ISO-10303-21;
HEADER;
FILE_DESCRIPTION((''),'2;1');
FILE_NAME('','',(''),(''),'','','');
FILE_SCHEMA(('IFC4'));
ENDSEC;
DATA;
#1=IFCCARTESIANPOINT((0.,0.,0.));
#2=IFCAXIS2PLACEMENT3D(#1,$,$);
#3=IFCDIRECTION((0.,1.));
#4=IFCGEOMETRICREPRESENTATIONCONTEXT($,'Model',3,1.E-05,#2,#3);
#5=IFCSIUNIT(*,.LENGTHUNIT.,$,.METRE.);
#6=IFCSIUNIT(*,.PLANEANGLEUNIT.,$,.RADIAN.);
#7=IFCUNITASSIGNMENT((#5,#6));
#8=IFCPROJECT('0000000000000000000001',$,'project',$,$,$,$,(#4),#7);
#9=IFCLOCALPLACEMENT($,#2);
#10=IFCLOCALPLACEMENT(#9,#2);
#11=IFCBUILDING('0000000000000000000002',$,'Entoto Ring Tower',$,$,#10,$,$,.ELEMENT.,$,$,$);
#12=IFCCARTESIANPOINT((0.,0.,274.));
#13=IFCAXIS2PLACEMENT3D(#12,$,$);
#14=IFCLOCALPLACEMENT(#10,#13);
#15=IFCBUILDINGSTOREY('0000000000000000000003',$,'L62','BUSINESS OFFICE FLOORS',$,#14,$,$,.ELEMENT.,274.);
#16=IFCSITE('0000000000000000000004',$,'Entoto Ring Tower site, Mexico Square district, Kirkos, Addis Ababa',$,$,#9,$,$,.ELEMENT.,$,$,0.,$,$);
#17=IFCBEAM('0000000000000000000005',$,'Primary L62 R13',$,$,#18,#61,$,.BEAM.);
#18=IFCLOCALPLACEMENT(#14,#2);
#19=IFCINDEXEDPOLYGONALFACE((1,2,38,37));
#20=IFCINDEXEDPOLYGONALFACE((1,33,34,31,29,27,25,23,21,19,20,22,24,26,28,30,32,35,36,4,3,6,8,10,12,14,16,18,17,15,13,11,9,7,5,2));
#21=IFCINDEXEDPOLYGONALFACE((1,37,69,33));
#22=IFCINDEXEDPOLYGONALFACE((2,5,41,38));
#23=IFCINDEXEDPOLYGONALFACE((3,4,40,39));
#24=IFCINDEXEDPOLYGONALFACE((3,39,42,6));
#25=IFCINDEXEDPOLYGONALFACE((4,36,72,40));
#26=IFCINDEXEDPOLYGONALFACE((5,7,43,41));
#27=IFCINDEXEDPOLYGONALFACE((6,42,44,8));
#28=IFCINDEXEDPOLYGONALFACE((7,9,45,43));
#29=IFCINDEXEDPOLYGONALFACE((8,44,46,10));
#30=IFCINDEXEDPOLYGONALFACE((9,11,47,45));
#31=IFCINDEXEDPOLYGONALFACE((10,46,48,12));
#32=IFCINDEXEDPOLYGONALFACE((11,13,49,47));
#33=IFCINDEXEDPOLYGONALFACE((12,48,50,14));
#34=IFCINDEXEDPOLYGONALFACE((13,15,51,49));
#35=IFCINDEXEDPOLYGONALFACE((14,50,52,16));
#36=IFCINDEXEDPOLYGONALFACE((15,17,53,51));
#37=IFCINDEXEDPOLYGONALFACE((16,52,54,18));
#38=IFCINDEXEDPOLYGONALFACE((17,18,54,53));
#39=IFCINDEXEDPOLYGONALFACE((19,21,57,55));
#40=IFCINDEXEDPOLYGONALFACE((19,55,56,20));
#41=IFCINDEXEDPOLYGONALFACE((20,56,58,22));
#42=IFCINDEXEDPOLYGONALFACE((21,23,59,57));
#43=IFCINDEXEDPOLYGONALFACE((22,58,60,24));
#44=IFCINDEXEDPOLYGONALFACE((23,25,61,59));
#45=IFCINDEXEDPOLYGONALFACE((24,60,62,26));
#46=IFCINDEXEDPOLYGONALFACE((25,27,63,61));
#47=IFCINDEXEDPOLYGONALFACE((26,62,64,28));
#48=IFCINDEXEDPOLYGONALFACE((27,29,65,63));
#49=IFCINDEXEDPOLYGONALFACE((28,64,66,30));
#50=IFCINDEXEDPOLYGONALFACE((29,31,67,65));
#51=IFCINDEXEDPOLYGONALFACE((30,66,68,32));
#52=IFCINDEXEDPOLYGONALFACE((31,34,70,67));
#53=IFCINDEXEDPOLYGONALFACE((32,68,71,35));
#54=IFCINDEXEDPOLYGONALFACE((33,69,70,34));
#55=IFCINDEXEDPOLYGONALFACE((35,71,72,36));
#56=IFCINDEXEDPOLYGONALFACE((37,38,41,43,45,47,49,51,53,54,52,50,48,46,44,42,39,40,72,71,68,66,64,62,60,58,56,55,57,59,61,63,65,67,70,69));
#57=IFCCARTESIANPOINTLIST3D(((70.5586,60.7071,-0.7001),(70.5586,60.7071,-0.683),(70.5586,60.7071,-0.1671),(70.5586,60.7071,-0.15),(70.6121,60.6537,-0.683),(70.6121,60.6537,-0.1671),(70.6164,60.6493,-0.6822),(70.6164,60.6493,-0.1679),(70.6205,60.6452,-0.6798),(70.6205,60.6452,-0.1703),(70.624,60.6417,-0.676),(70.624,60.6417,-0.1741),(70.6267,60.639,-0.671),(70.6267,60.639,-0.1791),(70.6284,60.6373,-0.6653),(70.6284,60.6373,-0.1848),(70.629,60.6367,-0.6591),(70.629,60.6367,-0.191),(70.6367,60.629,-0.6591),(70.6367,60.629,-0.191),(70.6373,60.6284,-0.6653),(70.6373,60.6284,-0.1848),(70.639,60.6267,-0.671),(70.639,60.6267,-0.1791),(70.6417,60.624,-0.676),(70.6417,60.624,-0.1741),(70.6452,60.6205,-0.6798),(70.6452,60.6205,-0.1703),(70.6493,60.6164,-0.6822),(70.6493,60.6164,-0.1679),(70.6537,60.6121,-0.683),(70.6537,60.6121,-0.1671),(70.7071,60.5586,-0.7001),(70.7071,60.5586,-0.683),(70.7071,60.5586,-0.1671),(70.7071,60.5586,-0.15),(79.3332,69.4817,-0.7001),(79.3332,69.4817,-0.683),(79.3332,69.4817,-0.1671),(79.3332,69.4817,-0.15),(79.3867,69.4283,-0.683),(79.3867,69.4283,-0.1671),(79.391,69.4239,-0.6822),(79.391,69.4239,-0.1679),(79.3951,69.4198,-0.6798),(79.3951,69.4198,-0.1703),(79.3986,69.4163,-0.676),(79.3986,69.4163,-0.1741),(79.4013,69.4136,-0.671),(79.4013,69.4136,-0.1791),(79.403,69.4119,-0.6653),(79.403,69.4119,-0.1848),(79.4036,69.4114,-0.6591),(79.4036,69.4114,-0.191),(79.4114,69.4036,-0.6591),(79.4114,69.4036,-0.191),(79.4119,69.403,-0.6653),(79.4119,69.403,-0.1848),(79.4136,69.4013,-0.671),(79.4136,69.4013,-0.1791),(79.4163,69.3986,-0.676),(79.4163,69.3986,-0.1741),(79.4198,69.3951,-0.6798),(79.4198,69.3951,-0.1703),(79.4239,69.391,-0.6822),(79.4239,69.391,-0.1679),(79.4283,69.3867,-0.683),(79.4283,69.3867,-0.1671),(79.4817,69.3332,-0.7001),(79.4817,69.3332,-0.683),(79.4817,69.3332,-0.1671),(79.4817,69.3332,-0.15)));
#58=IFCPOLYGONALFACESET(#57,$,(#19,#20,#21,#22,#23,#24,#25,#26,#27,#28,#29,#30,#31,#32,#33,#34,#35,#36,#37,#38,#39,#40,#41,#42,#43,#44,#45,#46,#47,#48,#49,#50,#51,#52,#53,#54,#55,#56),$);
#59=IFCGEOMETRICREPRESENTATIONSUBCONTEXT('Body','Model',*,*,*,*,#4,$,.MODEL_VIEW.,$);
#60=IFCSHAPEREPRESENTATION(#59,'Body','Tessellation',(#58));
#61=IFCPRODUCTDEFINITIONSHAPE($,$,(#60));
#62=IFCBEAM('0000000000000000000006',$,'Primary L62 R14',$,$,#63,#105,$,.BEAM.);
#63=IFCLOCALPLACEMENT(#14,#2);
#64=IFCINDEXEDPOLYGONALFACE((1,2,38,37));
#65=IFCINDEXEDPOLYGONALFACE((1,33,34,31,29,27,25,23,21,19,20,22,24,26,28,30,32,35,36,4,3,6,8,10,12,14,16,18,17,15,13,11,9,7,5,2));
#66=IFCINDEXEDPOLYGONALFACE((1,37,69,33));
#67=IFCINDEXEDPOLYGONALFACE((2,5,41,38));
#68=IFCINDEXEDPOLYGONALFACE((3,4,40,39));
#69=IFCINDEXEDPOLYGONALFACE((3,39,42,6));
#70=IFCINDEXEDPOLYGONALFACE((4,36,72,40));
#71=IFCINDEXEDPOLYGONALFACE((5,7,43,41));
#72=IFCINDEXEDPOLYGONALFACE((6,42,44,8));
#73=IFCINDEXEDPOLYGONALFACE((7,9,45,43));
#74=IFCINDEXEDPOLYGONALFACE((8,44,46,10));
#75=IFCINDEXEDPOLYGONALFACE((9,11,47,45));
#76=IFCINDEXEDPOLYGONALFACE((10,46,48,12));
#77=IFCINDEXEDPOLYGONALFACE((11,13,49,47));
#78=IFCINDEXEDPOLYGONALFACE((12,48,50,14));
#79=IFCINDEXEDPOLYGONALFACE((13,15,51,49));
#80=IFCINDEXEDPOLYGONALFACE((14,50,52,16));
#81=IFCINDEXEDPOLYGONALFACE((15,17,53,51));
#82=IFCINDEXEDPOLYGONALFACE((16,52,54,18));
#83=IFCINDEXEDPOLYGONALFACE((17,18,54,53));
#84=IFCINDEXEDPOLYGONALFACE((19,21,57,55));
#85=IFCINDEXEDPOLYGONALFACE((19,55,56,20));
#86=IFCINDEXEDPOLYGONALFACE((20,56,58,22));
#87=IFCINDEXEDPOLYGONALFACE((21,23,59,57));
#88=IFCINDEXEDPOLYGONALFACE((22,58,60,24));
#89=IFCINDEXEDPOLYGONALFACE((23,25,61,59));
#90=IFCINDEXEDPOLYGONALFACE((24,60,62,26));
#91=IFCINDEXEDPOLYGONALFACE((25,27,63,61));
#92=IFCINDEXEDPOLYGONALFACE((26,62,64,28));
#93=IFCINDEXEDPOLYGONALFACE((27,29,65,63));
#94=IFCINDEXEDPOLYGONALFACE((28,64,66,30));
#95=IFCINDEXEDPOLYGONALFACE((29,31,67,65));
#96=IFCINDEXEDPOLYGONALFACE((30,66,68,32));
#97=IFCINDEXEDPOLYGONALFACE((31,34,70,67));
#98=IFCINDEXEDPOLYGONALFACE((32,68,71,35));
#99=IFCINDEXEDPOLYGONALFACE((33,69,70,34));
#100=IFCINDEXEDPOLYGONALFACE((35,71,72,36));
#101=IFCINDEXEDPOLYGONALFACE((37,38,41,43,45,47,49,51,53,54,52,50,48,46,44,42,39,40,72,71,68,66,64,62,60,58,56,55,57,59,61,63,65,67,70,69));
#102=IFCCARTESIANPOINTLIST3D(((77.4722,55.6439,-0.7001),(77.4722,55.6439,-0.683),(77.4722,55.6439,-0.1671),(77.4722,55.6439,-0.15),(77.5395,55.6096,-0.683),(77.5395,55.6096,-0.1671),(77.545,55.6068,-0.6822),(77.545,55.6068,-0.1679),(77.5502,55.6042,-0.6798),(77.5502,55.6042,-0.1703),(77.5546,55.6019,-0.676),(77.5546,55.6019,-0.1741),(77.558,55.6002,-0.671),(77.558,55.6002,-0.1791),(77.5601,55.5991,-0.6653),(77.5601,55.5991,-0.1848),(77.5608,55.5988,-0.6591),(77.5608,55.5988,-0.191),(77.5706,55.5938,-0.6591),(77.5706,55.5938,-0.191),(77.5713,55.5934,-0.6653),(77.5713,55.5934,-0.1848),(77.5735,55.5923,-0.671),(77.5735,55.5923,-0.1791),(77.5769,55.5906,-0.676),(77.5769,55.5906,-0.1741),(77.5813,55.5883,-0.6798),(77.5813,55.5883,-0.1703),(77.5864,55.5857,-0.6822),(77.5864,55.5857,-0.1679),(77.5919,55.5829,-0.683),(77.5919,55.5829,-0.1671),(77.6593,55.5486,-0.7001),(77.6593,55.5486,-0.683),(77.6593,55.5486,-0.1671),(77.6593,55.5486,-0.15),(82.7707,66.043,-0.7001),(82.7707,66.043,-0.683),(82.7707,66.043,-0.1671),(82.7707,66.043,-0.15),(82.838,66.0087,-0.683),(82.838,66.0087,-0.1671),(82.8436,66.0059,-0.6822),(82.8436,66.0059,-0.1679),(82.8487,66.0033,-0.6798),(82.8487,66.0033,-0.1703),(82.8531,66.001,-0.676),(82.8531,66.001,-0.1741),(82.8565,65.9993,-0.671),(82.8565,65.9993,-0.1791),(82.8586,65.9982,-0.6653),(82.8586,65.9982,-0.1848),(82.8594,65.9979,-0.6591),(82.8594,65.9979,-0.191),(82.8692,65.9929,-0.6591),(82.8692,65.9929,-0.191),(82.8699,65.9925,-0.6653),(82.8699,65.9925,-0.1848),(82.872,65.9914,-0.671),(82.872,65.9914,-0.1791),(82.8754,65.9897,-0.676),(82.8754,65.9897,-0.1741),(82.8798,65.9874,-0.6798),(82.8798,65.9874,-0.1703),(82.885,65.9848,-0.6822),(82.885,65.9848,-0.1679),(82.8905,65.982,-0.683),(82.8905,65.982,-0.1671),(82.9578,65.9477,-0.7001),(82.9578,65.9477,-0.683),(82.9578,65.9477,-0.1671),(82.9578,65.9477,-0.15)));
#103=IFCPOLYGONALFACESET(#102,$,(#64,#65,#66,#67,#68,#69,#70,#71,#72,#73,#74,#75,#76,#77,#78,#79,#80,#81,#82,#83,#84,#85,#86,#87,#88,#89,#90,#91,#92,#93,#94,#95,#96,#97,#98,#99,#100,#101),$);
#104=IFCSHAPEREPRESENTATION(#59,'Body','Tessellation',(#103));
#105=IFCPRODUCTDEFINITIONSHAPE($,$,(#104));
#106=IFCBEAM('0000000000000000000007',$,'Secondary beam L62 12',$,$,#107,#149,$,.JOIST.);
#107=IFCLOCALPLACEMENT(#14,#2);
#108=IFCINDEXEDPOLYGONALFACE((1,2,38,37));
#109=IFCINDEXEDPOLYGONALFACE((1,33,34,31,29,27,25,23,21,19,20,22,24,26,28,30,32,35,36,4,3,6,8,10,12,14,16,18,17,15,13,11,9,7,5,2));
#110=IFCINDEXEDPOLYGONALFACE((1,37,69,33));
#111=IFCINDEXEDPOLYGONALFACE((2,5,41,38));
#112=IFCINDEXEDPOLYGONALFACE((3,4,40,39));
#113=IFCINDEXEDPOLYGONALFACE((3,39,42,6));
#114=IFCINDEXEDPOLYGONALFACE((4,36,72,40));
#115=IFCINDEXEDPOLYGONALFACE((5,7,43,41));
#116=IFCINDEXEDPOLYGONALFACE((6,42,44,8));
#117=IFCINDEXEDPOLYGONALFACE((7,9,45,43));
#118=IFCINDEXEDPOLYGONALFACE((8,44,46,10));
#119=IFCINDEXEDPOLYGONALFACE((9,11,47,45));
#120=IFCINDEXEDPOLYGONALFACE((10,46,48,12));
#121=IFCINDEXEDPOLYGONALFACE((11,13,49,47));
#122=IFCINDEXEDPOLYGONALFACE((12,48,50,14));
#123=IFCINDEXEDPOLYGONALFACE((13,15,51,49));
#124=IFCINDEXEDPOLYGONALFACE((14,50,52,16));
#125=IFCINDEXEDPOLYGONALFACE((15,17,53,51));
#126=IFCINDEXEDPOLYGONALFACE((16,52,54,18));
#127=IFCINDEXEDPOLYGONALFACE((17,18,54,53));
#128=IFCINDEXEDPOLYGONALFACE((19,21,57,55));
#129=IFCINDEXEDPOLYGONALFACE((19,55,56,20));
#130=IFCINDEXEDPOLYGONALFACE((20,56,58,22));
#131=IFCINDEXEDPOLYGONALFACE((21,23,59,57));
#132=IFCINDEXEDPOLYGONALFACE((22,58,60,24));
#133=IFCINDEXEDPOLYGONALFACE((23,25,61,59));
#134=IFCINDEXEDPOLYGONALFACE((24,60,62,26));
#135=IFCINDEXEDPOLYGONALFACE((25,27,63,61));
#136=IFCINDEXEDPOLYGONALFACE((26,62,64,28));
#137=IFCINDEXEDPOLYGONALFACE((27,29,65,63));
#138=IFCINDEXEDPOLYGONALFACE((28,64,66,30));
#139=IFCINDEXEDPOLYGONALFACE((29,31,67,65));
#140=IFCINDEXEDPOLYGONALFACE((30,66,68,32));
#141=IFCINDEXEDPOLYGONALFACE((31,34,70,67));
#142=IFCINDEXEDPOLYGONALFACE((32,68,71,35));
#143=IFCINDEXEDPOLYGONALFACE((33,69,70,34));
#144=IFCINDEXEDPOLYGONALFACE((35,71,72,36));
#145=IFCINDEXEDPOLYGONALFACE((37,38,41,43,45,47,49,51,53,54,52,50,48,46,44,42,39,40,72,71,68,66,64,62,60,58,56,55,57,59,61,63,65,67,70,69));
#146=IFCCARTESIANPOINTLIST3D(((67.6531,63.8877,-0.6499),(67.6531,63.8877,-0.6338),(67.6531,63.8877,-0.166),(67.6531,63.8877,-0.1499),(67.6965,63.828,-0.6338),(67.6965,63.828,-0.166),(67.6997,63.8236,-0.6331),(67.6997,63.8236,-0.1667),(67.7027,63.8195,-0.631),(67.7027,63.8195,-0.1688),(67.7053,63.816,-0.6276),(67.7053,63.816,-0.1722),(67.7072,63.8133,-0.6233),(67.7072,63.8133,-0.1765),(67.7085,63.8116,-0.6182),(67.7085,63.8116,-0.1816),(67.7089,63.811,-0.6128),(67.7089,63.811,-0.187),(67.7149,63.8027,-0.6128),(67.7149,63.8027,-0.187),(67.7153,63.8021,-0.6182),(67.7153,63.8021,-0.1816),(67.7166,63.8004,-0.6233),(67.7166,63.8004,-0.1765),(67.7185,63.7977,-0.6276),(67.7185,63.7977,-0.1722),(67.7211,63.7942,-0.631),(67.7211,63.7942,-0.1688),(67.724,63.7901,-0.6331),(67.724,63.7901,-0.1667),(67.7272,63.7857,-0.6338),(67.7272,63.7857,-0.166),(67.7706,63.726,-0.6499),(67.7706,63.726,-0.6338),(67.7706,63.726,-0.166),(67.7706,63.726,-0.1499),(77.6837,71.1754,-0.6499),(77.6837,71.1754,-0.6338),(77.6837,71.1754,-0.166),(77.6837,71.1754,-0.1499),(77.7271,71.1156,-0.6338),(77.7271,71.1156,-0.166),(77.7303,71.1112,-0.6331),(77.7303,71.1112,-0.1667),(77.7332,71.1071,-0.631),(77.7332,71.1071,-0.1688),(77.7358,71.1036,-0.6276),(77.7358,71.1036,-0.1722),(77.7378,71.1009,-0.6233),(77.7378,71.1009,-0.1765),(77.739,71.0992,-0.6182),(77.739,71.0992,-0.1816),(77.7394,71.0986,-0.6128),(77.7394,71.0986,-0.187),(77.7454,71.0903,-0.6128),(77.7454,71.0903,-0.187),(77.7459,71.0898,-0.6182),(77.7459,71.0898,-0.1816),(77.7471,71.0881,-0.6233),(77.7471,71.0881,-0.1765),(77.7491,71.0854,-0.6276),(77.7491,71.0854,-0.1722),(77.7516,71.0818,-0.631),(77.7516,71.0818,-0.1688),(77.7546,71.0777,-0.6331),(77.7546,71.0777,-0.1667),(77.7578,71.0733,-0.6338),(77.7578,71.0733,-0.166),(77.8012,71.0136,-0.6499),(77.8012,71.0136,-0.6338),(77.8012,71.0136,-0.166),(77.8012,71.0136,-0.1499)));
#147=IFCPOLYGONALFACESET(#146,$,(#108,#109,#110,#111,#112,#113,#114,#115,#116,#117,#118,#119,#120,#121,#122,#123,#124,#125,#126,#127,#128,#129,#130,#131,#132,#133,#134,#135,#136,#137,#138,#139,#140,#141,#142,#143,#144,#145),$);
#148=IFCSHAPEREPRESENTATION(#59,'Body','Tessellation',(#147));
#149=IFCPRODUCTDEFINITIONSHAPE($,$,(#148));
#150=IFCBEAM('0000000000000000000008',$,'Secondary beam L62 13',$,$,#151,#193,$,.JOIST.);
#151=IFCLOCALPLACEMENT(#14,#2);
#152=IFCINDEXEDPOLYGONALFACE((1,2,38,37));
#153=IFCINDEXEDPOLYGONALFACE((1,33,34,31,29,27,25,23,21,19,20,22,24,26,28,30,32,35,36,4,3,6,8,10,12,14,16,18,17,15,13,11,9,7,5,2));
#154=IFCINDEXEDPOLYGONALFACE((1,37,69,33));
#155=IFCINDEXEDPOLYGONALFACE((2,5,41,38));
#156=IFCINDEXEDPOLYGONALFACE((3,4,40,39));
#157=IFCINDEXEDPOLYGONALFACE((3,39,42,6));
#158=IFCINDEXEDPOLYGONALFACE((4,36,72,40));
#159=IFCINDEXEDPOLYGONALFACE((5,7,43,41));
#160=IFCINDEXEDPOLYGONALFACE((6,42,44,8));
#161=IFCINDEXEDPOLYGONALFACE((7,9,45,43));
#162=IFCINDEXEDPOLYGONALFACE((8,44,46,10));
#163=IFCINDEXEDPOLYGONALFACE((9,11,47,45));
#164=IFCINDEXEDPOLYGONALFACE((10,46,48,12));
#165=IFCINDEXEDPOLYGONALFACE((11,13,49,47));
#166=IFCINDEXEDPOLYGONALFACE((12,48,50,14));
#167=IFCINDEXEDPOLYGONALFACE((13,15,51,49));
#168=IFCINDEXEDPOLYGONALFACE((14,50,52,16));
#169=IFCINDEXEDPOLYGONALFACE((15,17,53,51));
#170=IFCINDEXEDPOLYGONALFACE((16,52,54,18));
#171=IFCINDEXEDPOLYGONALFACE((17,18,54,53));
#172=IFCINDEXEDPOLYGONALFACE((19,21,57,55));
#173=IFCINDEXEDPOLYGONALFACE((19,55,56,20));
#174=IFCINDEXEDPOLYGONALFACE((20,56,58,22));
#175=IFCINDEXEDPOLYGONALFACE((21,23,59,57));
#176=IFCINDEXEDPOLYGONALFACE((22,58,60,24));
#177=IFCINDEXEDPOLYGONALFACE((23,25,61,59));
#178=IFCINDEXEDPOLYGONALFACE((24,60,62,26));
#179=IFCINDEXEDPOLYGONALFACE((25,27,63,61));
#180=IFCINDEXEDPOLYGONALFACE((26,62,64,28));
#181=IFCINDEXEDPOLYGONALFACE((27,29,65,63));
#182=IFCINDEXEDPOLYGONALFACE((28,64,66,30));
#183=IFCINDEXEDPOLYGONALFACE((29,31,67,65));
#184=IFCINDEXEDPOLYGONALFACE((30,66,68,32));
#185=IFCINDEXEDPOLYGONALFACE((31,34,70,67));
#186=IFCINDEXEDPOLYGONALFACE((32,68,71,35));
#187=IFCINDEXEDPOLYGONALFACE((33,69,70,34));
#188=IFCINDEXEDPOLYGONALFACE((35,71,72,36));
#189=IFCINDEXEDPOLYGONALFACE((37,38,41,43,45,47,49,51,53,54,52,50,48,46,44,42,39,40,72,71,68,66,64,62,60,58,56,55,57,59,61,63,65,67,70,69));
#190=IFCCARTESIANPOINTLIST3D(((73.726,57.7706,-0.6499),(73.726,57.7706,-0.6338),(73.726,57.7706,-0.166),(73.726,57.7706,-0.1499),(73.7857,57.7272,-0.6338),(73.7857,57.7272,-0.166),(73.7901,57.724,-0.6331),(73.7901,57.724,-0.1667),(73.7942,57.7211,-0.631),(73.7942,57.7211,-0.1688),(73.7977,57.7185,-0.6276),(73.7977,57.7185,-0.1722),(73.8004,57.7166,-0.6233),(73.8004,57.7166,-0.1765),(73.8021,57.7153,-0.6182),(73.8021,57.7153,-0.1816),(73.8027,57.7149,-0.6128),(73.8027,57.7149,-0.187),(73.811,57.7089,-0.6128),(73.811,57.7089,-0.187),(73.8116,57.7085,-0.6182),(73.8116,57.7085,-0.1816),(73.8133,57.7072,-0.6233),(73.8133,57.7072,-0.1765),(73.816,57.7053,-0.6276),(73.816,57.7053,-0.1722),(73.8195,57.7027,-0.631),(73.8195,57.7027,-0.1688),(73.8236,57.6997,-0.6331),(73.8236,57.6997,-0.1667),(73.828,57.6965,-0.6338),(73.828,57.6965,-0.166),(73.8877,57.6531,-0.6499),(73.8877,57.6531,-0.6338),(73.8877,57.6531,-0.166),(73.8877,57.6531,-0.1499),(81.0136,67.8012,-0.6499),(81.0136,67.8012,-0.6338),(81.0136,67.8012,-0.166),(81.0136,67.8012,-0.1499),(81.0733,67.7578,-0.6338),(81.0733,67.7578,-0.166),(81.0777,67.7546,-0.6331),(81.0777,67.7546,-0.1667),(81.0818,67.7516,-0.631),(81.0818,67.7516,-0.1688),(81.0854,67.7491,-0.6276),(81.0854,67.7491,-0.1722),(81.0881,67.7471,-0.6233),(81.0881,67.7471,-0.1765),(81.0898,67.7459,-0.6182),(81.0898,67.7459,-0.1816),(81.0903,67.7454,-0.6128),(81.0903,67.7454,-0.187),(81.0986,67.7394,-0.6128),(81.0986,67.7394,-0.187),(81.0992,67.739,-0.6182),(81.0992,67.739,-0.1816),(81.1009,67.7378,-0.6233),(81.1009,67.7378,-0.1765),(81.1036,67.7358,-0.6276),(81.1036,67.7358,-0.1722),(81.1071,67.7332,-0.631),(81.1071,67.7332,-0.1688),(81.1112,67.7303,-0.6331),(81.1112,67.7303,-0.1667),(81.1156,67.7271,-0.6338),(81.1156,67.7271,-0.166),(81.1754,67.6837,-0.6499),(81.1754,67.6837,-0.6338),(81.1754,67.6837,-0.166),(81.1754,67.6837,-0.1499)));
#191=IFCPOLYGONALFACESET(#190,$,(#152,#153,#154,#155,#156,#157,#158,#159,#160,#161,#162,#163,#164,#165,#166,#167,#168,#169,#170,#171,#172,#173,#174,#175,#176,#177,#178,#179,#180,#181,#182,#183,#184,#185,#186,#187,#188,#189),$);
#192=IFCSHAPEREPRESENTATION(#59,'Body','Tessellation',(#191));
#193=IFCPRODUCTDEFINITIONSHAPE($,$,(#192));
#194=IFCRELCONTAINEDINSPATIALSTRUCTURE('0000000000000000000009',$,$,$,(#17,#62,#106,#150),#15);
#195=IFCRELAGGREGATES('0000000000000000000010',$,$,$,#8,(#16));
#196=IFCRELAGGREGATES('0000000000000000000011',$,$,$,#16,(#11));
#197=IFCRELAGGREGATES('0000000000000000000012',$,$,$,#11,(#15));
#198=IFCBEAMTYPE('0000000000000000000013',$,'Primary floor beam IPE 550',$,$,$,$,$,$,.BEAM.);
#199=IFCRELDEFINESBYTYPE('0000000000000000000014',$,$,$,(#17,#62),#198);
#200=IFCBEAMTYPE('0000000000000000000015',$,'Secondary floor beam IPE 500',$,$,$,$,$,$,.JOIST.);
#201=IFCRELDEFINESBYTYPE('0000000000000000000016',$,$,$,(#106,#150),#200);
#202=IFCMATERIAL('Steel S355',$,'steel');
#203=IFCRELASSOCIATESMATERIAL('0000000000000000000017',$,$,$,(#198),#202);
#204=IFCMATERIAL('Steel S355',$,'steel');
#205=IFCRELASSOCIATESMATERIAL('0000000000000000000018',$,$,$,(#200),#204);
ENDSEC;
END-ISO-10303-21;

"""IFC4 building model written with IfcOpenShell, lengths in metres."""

from ifc_helpers import new_model, si_unit, direction, frame, origin, origin_2d, place, context, subcontext, project, spatial, i_section, extrude, material, material_profile, profile_set, type_object, element, save


model = new_model("IFC4")

# Units and contexts
model_context = context("Model", 3, precision=1e-05, world=origin(), true_north=direction((0.0, 1.0)))
body_context = subcontext(model_context, "Body", "Model", "MODEL_VIEW")
ifc_project = project(units=[si_unit("LENGTHUNIT", "METRE"), si_unit("PLANEANGLEUNIT", "RADIAN")], contexts=[model_context])

# Site, building, storey
site_placement = place(None, origin())
site = spatial("IfcSite", under=ifc_project, at=site_placement, Name="Entoto Ring Tower site, Mexico Square district, Kirkos, Addis Ababa", CompositionType="ELEMENT", RefElevation=0.0)
building_placement = place(site_placement, origin())
building = spatial("IfcBuilding", under=site, at=building_placement, Name="Entoto Ring Tower", CompositionType="ELEMENT")
storey_placement = place(building_placement, frame((0.0, 0.0, 274.0)))
storey = spatial("IfcBuildingStorey", under=building, at=storey_placement, Name="L62", Description="BUSINESS OFFICE FLOORS", CompositionType="ELEMENT", Elevation=274.0)

# Beams
ifc_material_1 = material(Name="Steel S355", Category="steel")
ifc_material_profile_1 = material_profile(ifc_material_1, i_section(OverallWidth=0.21, OverallDepth=0.55, WebThickness=0.011, FlangeThickness=0.0171, FilletRadius=0.0239, at=origin_2d()), Name="IPE 550")
ifc_profile_set_1 = profile_set([ifc_material_profile_1], Name="Steel S355")
beam_type_1 = type_object("IfcBeamType", Name="Primary floor beam IPE 550", PredefinedType="BEAM", material=ifc_profile_set_1)
beam_1_placement = place(storey_placement, frame((79.4075, 69.4075, -0.425), z_axis=(-0.707107, -0.707107, 0.0), x_axis=(0.707107, -0.707107, 0.0)))
element("IfcBeam", 1, at=beam_1_placement, inside=storey, type_object=beam_type_1, Name="Primary L62 R13", PredefinedType="BEAM", context=body_context, shape_type="SweptSolid", body=[
    extrude(i_section(OverallWidth=0.21, OverallDepth=0.55, WebThickness=0.011, FlangeThickness=0.0171, FilletRadius=0.0239, at=origin_2d()), origin(), (0.0, 0.0, 1.0), 12.4092),
])
beam_2_placement = place(storey_placement, frame((82.8643, 65.9954, -0.425), z_axis=(-0.453987, -0.891009, 0.0), x_axis=(0.891009, -0.453987, 0.0)))
element("IfcBeam", 2, at=beam_2_placement, inside=storey, type_object=beam_type_1, Name="Primary L62 R14", PredefinedType="BEAM", context=body_context, shape_type="SweptSolid", body=[
    extrude(i_section(OverallWidth=0.21, OverallDepth=0.55, WebThickness=0.011, FlangeThickness=0.0171, FilletRadius=0.0239, at=origin_2d()), origin(), (0.0, 0.0, 1.0), 11.6711),
])
ifc_material_2 = material(Name="Steel S355", Category="steel")
ifc_material_profile_2 = material_profile(ifc_material_2, i_section(OverallWidth=0.2, OverallDepth=0.5, WebThickness=0.0103, FlangeThickness=0.0161, FilletRadius=0.021, at=origin_2d()), Name="IPE 500")
ifc_profile_set_2 = profile_set([ifc_material_profile_2], Name="Steel S355")
beam_type_2 = type_object("IfcBeamType", Name="Secondary floor beam IPE 500", PredefinedType="JOIST", material=ifc_profile_set_2)
for number, where, z_axis, x_axis, name in (
    (3, (77.7424, 71.0945, -0.3999), (-0.809017, -0.587785, 0.0), (0.587785, -0.809017, 0.0), "Secondary beam L62 12"),
    (4, (81.0945, 67.7424, -0.3999), (-0.587785, -0.809017, 0.0), (0.809017, -0.587785, 0.0), "Secondary beam L62 13"),
):
    element("IfcBeam", number, at=place(storey_placement, frame(where, z_axis=z_axis, x_axis=x_axis)), inside=storey, type_object=beam_type_2, Name=name, PredefinedType="JOIST", context=body_context, shape_type="SweptSolid", body=[
        extrude(i_section(OverallWidth=0.2, OverallDepth=0.5, WebThickness=0.0103, FlangeThickness=0.0161, FilletRadius=0.021, at=origin_2d()), origin(), (0.0, 0.0, 1.0), 12.3984),
    ])

save(model, "model.ifc")
